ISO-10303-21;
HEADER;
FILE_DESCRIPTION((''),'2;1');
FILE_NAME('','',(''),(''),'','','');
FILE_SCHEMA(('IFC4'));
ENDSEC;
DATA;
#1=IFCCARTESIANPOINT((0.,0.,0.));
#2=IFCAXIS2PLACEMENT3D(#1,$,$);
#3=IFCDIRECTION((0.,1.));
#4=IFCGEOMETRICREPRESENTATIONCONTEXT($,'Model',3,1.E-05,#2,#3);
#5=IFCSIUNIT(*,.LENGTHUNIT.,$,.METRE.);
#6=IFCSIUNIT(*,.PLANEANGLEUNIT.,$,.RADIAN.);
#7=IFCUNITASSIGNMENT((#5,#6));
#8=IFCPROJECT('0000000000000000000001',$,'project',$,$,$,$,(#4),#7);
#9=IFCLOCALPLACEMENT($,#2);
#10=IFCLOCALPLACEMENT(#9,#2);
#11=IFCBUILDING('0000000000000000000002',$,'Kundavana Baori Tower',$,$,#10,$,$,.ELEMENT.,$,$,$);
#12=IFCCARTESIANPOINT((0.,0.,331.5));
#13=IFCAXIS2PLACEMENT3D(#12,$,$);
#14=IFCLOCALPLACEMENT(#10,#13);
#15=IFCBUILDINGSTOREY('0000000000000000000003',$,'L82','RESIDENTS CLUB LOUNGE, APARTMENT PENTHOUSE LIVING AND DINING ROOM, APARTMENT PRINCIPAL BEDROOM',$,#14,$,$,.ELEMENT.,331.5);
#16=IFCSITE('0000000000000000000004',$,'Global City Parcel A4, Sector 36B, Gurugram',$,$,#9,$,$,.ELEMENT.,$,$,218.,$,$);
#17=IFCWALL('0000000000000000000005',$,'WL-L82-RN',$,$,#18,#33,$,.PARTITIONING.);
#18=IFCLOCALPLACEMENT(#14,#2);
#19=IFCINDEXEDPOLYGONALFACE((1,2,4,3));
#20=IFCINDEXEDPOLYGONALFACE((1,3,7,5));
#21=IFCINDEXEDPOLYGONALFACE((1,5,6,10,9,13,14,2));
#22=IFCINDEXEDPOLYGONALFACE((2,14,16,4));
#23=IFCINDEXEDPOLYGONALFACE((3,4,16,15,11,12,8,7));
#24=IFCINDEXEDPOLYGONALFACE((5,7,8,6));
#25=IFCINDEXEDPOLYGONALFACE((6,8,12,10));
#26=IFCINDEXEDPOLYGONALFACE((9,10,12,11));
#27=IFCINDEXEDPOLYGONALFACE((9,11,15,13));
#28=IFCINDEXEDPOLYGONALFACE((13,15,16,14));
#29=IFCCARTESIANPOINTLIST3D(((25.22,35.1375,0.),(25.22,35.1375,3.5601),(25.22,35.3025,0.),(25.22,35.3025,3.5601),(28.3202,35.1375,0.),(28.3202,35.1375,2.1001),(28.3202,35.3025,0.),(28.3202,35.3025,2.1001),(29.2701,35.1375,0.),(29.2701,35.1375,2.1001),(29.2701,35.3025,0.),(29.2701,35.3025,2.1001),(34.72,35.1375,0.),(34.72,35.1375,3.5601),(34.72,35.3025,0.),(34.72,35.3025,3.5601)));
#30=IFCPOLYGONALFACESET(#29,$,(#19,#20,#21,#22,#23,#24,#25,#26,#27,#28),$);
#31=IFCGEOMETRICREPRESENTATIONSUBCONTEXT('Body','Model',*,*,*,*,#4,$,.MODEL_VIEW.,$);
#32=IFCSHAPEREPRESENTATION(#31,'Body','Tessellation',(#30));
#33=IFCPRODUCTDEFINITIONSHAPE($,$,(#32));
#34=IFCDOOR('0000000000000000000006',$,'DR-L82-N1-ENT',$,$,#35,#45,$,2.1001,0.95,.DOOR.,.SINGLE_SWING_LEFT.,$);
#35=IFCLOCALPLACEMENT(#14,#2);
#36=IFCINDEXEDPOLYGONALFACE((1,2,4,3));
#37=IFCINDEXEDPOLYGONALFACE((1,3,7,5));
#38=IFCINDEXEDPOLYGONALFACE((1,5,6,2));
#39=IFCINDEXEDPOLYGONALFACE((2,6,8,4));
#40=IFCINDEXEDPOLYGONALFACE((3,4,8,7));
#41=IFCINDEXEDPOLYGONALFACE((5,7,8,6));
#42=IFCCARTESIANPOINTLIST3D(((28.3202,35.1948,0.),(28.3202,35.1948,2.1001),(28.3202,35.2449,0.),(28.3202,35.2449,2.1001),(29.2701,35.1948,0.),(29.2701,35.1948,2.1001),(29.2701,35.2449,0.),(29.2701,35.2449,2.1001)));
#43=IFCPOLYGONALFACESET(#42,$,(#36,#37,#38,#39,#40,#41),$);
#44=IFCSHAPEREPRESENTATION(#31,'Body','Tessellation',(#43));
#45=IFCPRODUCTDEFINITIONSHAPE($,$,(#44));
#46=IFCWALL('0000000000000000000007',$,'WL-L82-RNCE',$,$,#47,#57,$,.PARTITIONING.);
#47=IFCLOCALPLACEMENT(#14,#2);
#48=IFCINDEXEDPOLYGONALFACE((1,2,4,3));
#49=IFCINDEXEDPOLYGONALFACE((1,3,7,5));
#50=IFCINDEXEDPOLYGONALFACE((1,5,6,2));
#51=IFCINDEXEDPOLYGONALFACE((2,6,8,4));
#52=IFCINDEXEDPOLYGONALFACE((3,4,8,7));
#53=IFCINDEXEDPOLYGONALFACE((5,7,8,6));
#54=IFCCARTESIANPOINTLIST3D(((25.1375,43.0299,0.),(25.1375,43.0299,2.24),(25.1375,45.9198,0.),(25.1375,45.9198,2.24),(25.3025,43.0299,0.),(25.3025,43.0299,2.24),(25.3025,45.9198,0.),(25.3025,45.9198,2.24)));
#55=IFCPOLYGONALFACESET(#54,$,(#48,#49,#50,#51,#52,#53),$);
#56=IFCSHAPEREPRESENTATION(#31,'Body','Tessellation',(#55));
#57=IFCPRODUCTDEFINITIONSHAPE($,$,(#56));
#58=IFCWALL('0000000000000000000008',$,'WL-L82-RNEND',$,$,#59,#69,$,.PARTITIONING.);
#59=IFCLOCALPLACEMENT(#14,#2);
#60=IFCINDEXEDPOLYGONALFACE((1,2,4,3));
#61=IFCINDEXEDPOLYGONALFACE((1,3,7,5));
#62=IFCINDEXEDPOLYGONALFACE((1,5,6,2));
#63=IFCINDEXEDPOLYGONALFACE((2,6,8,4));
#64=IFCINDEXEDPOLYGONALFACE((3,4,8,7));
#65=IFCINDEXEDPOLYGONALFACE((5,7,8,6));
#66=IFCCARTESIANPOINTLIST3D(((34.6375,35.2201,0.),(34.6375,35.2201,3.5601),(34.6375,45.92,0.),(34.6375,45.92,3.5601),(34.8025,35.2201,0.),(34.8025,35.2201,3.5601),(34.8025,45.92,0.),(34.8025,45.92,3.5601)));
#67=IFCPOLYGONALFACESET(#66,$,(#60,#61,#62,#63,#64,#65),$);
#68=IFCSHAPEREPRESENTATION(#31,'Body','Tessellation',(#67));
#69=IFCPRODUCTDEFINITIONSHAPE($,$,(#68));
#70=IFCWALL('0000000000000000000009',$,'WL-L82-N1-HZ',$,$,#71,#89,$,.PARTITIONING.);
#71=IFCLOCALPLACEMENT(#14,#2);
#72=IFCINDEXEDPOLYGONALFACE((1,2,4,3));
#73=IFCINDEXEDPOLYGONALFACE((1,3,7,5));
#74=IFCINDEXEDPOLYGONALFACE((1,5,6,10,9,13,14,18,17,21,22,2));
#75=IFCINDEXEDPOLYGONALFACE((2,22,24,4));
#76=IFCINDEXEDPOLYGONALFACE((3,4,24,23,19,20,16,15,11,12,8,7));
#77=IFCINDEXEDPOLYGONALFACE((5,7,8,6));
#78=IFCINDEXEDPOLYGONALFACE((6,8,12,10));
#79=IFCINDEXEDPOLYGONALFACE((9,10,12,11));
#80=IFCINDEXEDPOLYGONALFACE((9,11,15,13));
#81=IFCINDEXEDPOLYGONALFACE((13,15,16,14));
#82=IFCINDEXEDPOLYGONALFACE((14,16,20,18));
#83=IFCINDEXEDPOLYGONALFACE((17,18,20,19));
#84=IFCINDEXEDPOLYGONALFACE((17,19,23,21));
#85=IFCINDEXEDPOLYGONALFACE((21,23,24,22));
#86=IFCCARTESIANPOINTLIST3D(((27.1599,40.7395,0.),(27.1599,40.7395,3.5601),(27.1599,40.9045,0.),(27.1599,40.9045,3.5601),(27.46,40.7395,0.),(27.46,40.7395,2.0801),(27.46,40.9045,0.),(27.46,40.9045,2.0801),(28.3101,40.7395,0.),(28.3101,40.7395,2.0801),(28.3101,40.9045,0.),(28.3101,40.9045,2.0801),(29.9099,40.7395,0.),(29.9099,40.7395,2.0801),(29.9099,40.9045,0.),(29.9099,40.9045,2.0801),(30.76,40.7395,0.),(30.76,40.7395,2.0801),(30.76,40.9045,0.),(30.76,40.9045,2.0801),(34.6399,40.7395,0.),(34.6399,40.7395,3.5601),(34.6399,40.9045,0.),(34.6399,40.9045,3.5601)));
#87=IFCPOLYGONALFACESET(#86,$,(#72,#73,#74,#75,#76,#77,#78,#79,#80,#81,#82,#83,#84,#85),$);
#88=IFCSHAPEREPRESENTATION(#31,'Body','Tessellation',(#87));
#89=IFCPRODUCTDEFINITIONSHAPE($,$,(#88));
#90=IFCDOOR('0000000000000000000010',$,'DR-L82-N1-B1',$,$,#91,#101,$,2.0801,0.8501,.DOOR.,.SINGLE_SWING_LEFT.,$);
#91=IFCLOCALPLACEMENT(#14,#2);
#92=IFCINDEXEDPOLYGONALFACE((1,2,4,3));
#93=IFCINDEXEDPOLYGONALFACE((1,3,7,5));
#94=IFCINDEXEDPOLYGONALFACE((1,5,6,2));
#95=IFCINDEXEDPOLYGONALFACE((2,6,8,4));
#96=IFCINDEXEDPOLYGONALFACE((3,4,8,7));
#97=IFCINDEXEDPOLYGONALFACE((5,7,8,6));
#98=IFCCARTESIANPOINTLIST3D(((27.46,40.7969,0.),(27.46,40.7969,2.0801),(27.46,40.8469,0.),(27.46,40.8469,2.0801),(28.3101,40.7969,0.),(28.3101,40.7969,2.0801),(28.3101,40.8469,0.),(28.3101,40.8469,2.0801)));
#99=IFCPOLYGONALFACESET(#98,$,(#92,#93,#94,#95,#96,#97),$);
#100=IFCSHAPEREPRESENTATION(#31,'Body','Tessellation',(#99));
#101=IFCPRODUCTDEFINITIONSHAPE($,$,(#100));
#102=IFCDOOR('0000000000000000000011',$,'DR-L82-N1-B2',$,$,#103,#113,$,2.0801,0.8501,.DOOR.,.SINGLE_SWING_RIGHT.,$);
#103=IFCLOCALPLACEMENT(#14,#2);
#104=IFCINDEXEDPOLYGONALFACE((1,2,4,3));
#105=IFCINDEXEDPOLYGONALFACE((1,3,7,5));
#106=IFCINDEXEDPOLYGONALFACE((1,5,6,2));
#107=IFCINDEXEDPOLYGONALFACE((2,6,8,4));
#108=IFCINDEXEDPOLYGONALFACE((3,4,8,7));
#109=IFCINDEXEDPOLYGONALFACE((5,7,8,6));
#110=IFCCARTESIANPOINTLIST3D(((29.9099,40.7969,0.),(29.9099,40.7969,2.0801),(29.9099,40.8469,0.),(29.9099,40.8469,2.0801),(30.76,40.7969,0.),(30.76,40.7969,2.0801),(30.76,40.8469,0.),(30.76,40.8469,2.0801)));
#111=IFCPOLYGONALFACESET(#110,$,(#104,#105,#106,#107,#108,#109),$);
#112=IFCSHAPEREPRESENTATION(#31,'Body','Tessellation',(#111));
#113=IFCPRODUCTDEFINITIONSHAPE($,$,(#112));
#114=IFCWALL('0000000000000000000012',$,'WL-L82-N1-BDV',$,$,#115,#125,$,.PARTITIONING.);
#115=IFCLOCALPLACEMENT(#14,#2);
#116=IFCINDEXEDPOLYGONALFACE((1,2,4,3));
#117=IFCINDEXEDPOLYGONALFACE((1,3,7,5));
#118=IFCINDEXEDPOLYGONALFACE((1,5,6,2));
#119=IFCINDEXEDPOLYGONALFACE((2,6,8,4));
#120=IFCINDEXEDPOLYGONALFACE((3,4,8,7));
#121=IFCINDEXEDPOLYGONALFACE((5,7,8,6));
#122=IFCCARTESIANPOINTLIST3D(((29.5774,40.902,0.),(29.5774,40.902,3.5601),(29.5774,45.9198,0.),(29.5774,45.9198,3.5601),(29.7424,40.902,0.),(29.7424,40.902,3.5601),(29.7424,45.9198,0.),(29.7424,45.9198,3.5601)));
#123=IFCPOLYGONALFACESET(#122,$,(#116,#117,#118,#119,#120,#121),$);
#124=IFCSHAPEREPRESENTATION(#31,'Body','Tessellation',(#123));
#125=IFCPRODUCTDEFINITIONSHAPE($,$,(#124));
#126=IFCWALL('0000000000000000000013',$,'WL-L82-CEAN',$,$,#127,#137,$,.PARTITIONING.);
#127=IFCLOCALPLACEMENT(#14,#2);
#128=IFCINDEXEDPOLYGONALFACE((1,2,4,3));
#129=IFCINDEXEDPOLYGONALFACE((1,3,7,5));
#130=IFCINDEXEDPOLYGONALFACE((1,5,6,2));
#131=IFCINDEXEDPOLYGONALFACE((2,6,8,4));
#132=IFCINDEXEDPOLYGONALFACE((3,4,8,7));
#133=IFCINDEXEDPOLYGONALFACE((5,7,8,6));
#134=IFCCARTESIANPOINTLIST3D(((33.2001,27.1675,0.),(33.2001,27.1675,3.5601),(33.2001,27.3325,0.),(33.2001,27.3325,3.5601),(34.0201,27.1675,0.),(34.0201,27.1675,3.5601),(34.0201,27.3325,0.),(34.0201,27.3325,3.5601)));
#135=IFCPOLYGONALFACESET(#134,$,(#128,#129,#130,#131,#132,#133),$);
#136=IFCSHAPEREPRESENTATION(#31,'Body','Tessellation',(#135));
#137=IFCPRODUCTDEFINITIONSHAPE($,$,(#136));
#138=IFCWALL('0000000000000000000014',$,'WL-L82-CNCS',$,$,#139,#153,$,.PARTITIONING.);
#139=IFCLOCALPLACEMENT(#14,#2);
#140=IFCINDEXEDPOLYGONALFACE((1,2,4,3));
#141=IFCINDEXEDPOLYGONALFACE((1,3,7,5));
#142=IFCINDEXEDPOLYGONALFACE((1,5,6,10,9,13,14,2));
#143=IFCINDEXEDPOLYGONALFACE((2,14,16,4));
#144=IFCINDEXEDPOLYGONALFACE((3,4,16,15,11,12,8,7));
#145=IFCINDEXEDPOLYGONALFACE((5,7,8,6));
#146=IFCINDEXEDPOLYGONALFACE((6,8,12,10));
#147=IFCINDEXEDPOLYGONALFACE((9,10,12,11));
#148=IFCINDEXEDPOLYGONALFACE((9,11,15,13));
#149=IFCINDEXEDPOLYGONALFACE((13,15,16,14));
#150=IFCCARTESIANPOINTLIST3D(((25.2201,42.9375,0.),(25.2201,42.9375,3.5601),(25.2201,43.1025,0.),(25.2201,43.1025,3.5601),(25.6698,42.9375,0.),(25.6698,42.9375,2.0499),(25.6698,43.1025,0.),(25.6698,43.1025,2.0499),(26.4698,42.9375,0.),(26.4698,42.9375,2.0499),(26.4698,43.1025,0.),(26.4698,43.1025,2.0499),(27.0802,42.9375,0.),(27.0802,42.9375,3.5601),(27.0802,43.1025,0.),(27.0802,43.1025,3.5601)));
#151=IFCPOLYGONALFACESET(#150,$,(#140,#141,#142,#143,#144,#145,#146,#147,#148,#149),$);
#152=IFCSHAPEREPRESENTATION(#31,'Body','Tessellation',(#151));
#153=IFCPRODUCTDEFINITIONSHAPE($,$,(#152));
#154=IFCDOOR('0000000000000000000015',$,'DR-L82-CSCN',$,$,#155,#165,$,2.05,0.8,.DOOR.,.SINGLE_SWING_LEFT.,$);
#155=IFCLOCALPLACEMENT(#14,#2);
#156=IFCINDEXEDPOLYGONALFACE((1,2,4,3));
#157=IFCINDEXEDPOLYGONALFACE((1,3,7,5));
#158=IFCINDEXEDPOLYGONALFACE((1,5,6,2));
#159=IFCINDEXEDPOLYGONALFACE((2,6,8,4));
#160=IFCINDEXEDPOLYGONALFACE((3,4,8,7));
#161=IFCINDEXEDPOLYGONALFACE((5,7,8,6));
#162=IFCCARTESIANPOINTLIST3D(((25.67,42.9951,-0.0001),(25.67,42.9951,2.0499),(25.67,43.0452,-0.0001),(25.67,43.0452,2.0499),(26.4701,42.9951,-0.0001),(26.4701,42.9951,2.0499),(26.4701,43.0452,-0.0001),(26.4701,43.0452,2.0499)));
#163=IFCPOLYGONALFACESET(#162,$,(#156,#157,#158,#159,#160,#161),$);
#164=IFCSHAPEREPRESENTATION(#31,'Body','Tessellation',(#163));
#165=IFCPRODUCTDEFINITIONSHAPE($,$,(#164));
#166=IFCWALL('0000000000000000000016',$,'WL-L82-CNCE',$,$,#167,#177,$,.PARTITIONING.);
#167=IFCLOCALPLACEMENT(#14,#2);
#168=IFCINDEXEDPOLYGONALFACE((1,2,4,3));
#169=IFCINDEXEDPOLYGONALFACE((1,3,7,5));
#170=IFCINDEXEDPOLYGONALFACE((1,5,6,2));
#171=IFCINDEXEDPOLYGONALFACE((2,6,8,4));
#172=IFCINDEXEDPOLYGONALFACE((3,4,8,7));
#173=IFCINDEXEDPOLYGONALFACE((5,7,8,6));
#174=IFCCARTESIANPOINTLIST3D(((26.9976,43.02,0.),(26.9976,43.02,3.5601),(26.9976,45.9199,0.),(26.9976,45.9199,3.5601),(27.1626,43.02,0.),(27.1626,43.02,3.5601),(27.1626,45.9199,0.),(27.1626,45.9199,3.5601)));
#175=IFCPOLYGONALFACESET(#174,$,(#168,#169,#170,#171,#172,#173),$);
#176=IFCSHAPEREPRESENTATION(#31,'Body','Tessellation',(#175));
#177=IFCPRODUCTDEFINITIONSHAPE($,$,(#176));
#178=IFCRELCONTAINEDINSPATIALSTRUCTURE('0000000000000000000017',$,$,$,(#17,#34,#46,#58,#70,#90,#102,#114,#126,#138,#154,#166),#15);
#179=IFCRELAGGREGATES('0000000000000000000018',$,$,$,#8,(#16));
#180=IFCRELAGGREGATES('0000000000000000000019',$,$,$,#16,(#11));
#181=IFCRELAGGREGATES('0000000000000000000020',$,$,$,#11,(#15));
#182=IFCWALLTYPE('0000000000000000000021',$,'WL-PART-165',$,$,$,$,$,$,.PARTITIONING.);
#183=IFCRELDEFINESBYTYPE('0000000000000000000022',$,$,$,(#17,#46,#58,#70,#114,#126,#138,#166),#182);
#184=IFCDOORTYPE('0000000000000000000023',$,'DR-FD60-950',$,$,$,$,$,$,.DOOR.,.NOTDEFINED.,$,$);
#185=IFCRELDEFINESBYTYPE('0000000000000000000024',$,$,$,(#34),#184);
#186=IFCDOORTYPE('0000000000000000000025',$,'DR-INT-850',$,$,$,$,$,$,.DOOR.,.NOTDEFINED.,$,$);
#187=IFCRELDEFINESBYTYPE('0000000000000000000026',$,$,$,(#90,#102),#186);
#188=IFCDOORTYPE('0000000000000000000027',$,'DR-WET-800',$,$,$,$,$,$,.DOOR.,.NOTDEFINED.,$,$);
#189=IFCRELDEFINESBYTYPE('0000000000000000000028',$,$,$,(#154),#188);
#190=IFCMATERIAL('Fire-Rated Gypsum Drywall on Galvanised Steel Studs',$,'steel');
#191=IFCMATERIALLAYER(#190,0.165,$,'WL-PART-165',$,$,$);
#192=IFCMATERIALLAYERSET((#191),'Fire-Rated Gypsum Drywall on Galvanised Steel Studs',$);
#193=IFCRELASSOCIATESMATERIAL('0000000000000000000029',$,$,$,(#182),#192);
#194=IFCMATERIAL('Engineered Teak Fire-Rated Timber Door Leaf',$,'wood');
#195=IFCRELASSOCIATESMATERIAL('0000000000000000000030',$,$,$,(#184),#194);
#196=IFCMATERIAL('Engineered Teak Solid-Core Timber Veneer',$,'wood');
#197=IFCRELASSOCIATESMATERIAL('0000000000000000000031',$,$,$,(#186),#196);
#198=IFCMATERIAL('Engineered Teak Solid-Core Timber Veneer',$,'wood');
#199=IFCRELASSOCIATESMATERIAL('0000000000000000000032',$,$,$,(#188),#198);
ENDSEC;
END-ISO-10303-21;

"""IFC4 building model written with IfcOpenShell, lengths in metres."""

from ifc_helpers import new_model, si_unit, direction, frame, frame_2d, origin, place, context, subcontext, project, spatial, rectangle, extrude, material, layer, layer_set, type_object, element, fill, save


model = new_model("IFC4")

# Units and contexts
model_context = context("Model", 3, precision=1e-05, world=origin(), true_north=direction((0.0, 1.0)))
body_context = subcontext(model_context, "Body", "Model", "MODEL_VIEW")
ifc_project = project(units=[si_unit("LENGTHUNIT", "METRE"), si_unit("PLANEANGLEUNIT", "RADIAN")], contexts=[model_context])

# Site, building, storey
site_placement = place(None, origin())
site = spatial("IfcSite", under=ifc_project, at=site_placement, Name="Global City Parcel A4, Sector 36B, Gurugram", CompositionType="ELEMENT", RefElevation=218.0)
building_placement = place(site_placement, origin())
building = spatial("IfcBuilding", under=site, at=building_placement, Name="Kundavana Baori Tower", CompositionType="ELEMENT")
storey_placement = place(building_placement, frame((0.0, 0.0, 331.5)))
storey = spatial("IfcBuildingStorey", under=building, at=storey_placement, Name="L82", Description="RESIDENTS CLUB LOUNGE, APARTMENT PENTHOUSE LIVING AND DINING ROOM, APARTMENT PRINCIPAL BEDROOM", CompositionType="ELEMENT", Elevation=331.5)

# Wall, opening, door
ifc_material_1 = material(Name="Fire-Rated Gypsum Drywall on Galvanised Steel Studs", Category="steel")
ifc_layer_1 = layer(ifc_material_1, 0.165, Name="WL-PART-165")
ifc_layer_set_1 = layer_set([ifc_layer_1], Name="Fire-Rated Gypsum Drywall on Galvanised Steel Studs")
wall_type_1 = type_object("IfcWallType", Name="WL-PART-165", PredefinedType="PARTITIONING", material=ifc_layer_set_1)
wall_1_placement = place(storey_placement, frame((25.22, 35.22, 0.0), z_axis=(0.0, 0.0, 1.0), x_axis=(1.0, 0.0, 0.0)))
wall_1 = element("IfcWall", 1, at=wall_1_placement, inside=storey, type_object=wall_type_1, Name="WL-L82-RN", PredefinedType="PARTITIONING", context=body_context, shape_type="SweptSolid", body=[
    extrude(rectangle(XDim=9.5, YDim=0.165, at=frame_2d((4.75, 0.0))), origin(), (0.0, 0.0, 1.0), 3.5601),
])
opening_1_placement = place(wall_1_placement, frame((3.1001, 0.0, 0.0)))
opening_1 = element("IfcOpeningElement", 2, at=opening_1_placement, cuts=wall_1, PredefinedType="OPENING", context=body_context, shape_type="SweptSolid", body=[
    extrude(rectangle(XDim=0.95, YDim=2.1001, at=frame_2d((0.4751, 1.05))), frame((0.0, 0.0925, 0.0), z_axis=(0.0, -1.0, 0.0), x_axis=(1.0, 0.0, 0.0)), (0.0, 0.0, 1.0), 0.1851),
])
ifc_material_2 = material(Name="Engineered Teak Fire-Rated Timber Door Leaf", Category="wood")
door_type_1 = type_object("IfcDoorType", Name="DR-FD60-950", OperationType="NOTDEFINED", PredefinedType="DOOR", material=ifc_material_2)
door_1_placement = place(opening_1_placement, origin())
door_1 = element("IfcDoor", 3, at=door_1_placement, inside=storey, type_object=door_type_1, Name="DR-L82-N1-ENT", OperationType="SINGLE_SWING_LEFT", OverallHeight=2.1001, OverallWidth=0.95, PredefinedType="DOOR", context=body_context, shape_type="SweptSolid", body=[
    extrude(rectangle(XDim=0.95, YDim=2.1001, at=frame_2d((0.4751, 1.05))), frame((0.0, 0.0249, 0.0), z_axis=(0.0, -1.0, 0.0), x_axis=(1.0, 0.0, 0.0)), (0.0, 0.0, 1.0), 0.05),
])
fill(opening_1, door_1)

# Walls
wall_2_placement = place(storey_placement, frame((25.22, 43.03, 0.0), z_axis=(0.0, 0.0, 1.0), x_axis=(0.0, 1.0, 0.0)))
element("IfcWall", 4, at=wall_2_placement, inside=storey, type_object=wall_type_1, Name="WL-L82-RNCE", PredefinedType="PARTITIONING", context=body_context, shape_type="SweptSolid", body=[
    extrude(rectangle(XDim=2.8899, YDim=0.165, at=frame_2d((1.4448, 0.0))), origin(), (0.0, 0.0, 1.0), 2.24),
])
wall_3_placement = place(storey_placement, frame((34.72, 35.22, 0.0), z_axis=(0.0, 0.0, 1.0), x_axis=(0.0, 1.0, 0.0)))
element("IfcWall", 5, at=wall_3_placement, inside=storey, type_object=wall_type_1, Name="WL-L82-RNEND", PredefinedType="PARTITIONING", context=body_context, shape_type="SweptSolid", body=[
    extrude(rectangle(XDim=10.7, YDim=0.165, at=frame_2d((5.3501, 0.0))), origin(), (0.0, 0.0, 1.0), 3.5601),
])

# Wall, openings, doors
wall_4_placement = place(storey_placement, frame((27.1599, 40.822, 0.0), z_axis=(0.0, 0.0, 1.0), x_axis=(1.0, 0.0, 0.0)))
wall_4 = element("IfcWall", 6, at=wall_4_placement, inside=storey, type_object=wall_type_1, Name="WL-L82-N1-HZ", PredefinedType="PARTITIONING", context=body_context, shape_type="SweptSolid", body=[
    extrude(rectangle(XDim=7.48, YDim=0.165, at=frame_2d((3.74, 0.0))), origin(), (0.0, 0.0, 1.0), 3.5601),
])
opening_2_placement = place(wall_4_placement, frame((0.3, 0.0, 0.0)))
opening_2 = element("IfcOpeningElement", 7, at=opening_2_placement, cuts=wall_4, PredefinedType="OPENING", context=body_context, shape_type="SweptSolid", body=[
    extrude(rectangle(XDim=0.8501, YDim=2.0801, at=frame_2d((0.425, 1.04))), frame((0.0, 0.0925, 0.0), z_axis=(0.0, -1.0, 0.0), x_axis=(1.0, 0.0, 0.0)), (0.0, 0.0, 1.0), 0.1851),
])
opening_3_placement = place(wall_4_placement, frame((2.75, 0.0, 0.0)))
opening_3 = element("IfcOpeningElement", 8, at=opening_3_placement, cuts=wall_4, PredefinedType="OPENING", context=body_context, shape_type="SweptSolid", body=[
    extrude(rectangle(XDim=0.8501, YDim=2.0801, at=frame_2d((0.425, 1.04))), frame((0.0, 0.0925, 0.0), z_axis=(0.0, -1.0, 0.0), x_axis=(1.0, 0.0, 0.0)), (0.0, 0.0, 1.0), 0.1851),
])
ifc_material_3 = material(Name="Engineered Teak Solid-Core Timber Veneer", Category="wood")
door_type_2 = type_object("IfcDoorType", Name="DR-INT-850", OperationType="NOTDEFINED", PredefinedType="DOOR", material=ifc_material_3)
door_2_placement = place(opening_2_placement, origin())
door_2 = element("IfcDoor", 9, at=door_2_placement, inside=storey, type_object=door_type_2, Name="DR-L82-N1-B1", OperationType="SINGLE_SWING_LEFT", OverallHeight=2.0801, OverallWidth=0.8501, PredefinedType="DOOR", context=body_context, shape_type="SweptSolid", body=[
    extrude(rectangle(XDim=0.8501, YDim=2.0801, at=frame_2d((0.425, 1.04))), frame((0.0, 0.0249, 0.0), z_axis=(0.0, -1.0, 0.0), x_axis=(1.0, 0.0, 0.0)), (0.0, 0.0, 1.0), 0.05),
])
fill(opening_2, door_2)
door_3_placement = place(opening_3_placement, origin())
door_3 = element("IfcDoor", 10, at=door_3_placement, inside=storey, type_object=door_type_2, Name="DR-L82-N1-B2", OperationType="SINGLE_SWING_RIGHT", OverallHeight=2.0801, OverallWidth=0.8501, PredefinedType="DOOR", context=body_context, shape_type="SweptSolid", body=[
    extrude(rectangle(XDim=0.8501, YDim=2.0801, at=frame_2d((0.425, 1.04))), frame((0.0, 0.0249, 0.0), z_axis=(0.0, -1.0, 0.0), x_axis=(1.0, 0.0, 0.0)), (0.0, 0.0, 1.0), 0.05),
])
fill(opening_3, door_3)

# Walls
wall_5_placement = place(storey_placement, frame((29.6599, 40.9021, 0.0), z_axis=(0.0, 0.0, 1.0), x_axis=(0.0, 1.0, 0.0)))
element("IfcWall", 11, at=wall_5_placement, inside=storey, type_object=wall_type_1, Name="WL-L82-N1-BDV", PredefinedType="PARTITIONING", context=body_context, shape_type="SweptSolid", body=[
    extrude(rectangle(XDim=5.0178, YDim=0.165, at=frame_2d((2.5088, 0.0))), origin(), (0.0, 0.0, 1.0), 3.5601),
])
wall_6_placement = place(storey_placement, frame((33.2, 27.25, 0.0), z_axis=(0.0, 0.0, 1.0), x_axis=(1.0, 0.0, 0.0)))
element("IfcWall", 12, at=wall_6_placement, inside=storey, type_object=wall_type_1, Name="WL-L82-CEAN", PredefinedType="PARTITIONING", context=body_context, shape_type="SweptSolid", body=[
    extrude(rectangle(XDim=0.8201, YDim=0.165, at=frame_2d((0.4102, 0.0))), origin(), (0.0, 0.0, 1.0), 3.5601),
])

# Wall, opening, door
wall_7_placement = place(storey_placement, frame((25.22, 43.02, 0.0), z_axis=(0.0, 0.0, 1.0), x_axis=(1.0, 0.0, 0.0)))
wall_7 = element("IfcWall", 13, at=wall_7_placement, inside=storey, type_object=wall_type_1, Name="WL-L82-CNCS", PredefinedType="PARTITIONING", context=body_context, shape_type="SweptSolid", body=[
    extrude(rectangle(XDim=1.8601, YDim=0.165, at=frame_2d((0.9302, 0.0))), origin(), (0.0, 0.0, 1.0), 3.5601),
])
opening_4_placement = place(wall_7_placement, frame((0.45, 0.0, 0.0)))
opening_4 = element("IfcOpeningElement", 14, at=opening_4_placement, cuts=wall_7, PredefinedType="OPENING", context=body_context, shape_type="SweptSolid", body=[
    extrude(rectangle(XDim=0.8, YDim=2.05, at=frame_2d((0.3999, 1.0249))), frame((0.0, 0.0925, 0.0), z_axis=(0.0, -1.0, 0.0), x_axis=(1.0, 0.0, 0.0)), (0.0, 0.0, 1.0), 0.1851),
])
ifc_material_4 = material(Name="Engineered Teak Solid-Core Timber Veneer", Category="wood")
door_type_3 = type_object("IfcDoorType", Name="DR-WET-800", OperationType="NOTDEFINED", PredefinedType="DOOR", material=ifc_material_4)
door_4_placement = place(opening_4_placement, frame((0.8, 0.0, 0.0), z_axis=(0.0, 0.0, 1.0), x_axis=(-1.0, 0.0, 0.0)))
door_4 = element("IfcDoor", 15, at=door_4_placement, inside=storey, type_object=door_type_3, Name="DR-L82-CSCN", OperationType="SINGLE_SWING_LEFT", OverallHeight=2.05, OverallWidth=0.8, PredefinedType="DOOR", context=body_context, shape_type="SweptSolid", body=[
    extrude(rectangle(XDim=0.8, YDim=2.05, at=frame_2d((0.3999, 1.0249))), frame((0.0, 0.0249, 0.0), z_axis=(0.0, -1.0, 0.0), x_axis=(1.0, 0.0, 0.0)), (0.0, 0.0, 1.0), 0.05),
])
fill(opening_4, door_4)

# Wall
wall_8_placement = place(storey_placement, frame((27.0801, 43.02, 0.0), z_axis=(0.0, 0.0, 1.0), x_axis=(0.0, 1.0, 0.0)))
element("IfcWall", 16, at=wall_8_placement, inside=storey, type_object=wall_type_1, Name="WL-L82-CNCE", PredefinedType="PARTITIONING", context=body_context, shape_type="SweptSolid", body=[
    extrude(rectangle(XDim=2.8999, YDim=0.165, at=frame_2d((1.45, 0.0))), origin(), (0.0, 0.0, 1.0), 3.5601),
])

save(model, "model.ifc")
